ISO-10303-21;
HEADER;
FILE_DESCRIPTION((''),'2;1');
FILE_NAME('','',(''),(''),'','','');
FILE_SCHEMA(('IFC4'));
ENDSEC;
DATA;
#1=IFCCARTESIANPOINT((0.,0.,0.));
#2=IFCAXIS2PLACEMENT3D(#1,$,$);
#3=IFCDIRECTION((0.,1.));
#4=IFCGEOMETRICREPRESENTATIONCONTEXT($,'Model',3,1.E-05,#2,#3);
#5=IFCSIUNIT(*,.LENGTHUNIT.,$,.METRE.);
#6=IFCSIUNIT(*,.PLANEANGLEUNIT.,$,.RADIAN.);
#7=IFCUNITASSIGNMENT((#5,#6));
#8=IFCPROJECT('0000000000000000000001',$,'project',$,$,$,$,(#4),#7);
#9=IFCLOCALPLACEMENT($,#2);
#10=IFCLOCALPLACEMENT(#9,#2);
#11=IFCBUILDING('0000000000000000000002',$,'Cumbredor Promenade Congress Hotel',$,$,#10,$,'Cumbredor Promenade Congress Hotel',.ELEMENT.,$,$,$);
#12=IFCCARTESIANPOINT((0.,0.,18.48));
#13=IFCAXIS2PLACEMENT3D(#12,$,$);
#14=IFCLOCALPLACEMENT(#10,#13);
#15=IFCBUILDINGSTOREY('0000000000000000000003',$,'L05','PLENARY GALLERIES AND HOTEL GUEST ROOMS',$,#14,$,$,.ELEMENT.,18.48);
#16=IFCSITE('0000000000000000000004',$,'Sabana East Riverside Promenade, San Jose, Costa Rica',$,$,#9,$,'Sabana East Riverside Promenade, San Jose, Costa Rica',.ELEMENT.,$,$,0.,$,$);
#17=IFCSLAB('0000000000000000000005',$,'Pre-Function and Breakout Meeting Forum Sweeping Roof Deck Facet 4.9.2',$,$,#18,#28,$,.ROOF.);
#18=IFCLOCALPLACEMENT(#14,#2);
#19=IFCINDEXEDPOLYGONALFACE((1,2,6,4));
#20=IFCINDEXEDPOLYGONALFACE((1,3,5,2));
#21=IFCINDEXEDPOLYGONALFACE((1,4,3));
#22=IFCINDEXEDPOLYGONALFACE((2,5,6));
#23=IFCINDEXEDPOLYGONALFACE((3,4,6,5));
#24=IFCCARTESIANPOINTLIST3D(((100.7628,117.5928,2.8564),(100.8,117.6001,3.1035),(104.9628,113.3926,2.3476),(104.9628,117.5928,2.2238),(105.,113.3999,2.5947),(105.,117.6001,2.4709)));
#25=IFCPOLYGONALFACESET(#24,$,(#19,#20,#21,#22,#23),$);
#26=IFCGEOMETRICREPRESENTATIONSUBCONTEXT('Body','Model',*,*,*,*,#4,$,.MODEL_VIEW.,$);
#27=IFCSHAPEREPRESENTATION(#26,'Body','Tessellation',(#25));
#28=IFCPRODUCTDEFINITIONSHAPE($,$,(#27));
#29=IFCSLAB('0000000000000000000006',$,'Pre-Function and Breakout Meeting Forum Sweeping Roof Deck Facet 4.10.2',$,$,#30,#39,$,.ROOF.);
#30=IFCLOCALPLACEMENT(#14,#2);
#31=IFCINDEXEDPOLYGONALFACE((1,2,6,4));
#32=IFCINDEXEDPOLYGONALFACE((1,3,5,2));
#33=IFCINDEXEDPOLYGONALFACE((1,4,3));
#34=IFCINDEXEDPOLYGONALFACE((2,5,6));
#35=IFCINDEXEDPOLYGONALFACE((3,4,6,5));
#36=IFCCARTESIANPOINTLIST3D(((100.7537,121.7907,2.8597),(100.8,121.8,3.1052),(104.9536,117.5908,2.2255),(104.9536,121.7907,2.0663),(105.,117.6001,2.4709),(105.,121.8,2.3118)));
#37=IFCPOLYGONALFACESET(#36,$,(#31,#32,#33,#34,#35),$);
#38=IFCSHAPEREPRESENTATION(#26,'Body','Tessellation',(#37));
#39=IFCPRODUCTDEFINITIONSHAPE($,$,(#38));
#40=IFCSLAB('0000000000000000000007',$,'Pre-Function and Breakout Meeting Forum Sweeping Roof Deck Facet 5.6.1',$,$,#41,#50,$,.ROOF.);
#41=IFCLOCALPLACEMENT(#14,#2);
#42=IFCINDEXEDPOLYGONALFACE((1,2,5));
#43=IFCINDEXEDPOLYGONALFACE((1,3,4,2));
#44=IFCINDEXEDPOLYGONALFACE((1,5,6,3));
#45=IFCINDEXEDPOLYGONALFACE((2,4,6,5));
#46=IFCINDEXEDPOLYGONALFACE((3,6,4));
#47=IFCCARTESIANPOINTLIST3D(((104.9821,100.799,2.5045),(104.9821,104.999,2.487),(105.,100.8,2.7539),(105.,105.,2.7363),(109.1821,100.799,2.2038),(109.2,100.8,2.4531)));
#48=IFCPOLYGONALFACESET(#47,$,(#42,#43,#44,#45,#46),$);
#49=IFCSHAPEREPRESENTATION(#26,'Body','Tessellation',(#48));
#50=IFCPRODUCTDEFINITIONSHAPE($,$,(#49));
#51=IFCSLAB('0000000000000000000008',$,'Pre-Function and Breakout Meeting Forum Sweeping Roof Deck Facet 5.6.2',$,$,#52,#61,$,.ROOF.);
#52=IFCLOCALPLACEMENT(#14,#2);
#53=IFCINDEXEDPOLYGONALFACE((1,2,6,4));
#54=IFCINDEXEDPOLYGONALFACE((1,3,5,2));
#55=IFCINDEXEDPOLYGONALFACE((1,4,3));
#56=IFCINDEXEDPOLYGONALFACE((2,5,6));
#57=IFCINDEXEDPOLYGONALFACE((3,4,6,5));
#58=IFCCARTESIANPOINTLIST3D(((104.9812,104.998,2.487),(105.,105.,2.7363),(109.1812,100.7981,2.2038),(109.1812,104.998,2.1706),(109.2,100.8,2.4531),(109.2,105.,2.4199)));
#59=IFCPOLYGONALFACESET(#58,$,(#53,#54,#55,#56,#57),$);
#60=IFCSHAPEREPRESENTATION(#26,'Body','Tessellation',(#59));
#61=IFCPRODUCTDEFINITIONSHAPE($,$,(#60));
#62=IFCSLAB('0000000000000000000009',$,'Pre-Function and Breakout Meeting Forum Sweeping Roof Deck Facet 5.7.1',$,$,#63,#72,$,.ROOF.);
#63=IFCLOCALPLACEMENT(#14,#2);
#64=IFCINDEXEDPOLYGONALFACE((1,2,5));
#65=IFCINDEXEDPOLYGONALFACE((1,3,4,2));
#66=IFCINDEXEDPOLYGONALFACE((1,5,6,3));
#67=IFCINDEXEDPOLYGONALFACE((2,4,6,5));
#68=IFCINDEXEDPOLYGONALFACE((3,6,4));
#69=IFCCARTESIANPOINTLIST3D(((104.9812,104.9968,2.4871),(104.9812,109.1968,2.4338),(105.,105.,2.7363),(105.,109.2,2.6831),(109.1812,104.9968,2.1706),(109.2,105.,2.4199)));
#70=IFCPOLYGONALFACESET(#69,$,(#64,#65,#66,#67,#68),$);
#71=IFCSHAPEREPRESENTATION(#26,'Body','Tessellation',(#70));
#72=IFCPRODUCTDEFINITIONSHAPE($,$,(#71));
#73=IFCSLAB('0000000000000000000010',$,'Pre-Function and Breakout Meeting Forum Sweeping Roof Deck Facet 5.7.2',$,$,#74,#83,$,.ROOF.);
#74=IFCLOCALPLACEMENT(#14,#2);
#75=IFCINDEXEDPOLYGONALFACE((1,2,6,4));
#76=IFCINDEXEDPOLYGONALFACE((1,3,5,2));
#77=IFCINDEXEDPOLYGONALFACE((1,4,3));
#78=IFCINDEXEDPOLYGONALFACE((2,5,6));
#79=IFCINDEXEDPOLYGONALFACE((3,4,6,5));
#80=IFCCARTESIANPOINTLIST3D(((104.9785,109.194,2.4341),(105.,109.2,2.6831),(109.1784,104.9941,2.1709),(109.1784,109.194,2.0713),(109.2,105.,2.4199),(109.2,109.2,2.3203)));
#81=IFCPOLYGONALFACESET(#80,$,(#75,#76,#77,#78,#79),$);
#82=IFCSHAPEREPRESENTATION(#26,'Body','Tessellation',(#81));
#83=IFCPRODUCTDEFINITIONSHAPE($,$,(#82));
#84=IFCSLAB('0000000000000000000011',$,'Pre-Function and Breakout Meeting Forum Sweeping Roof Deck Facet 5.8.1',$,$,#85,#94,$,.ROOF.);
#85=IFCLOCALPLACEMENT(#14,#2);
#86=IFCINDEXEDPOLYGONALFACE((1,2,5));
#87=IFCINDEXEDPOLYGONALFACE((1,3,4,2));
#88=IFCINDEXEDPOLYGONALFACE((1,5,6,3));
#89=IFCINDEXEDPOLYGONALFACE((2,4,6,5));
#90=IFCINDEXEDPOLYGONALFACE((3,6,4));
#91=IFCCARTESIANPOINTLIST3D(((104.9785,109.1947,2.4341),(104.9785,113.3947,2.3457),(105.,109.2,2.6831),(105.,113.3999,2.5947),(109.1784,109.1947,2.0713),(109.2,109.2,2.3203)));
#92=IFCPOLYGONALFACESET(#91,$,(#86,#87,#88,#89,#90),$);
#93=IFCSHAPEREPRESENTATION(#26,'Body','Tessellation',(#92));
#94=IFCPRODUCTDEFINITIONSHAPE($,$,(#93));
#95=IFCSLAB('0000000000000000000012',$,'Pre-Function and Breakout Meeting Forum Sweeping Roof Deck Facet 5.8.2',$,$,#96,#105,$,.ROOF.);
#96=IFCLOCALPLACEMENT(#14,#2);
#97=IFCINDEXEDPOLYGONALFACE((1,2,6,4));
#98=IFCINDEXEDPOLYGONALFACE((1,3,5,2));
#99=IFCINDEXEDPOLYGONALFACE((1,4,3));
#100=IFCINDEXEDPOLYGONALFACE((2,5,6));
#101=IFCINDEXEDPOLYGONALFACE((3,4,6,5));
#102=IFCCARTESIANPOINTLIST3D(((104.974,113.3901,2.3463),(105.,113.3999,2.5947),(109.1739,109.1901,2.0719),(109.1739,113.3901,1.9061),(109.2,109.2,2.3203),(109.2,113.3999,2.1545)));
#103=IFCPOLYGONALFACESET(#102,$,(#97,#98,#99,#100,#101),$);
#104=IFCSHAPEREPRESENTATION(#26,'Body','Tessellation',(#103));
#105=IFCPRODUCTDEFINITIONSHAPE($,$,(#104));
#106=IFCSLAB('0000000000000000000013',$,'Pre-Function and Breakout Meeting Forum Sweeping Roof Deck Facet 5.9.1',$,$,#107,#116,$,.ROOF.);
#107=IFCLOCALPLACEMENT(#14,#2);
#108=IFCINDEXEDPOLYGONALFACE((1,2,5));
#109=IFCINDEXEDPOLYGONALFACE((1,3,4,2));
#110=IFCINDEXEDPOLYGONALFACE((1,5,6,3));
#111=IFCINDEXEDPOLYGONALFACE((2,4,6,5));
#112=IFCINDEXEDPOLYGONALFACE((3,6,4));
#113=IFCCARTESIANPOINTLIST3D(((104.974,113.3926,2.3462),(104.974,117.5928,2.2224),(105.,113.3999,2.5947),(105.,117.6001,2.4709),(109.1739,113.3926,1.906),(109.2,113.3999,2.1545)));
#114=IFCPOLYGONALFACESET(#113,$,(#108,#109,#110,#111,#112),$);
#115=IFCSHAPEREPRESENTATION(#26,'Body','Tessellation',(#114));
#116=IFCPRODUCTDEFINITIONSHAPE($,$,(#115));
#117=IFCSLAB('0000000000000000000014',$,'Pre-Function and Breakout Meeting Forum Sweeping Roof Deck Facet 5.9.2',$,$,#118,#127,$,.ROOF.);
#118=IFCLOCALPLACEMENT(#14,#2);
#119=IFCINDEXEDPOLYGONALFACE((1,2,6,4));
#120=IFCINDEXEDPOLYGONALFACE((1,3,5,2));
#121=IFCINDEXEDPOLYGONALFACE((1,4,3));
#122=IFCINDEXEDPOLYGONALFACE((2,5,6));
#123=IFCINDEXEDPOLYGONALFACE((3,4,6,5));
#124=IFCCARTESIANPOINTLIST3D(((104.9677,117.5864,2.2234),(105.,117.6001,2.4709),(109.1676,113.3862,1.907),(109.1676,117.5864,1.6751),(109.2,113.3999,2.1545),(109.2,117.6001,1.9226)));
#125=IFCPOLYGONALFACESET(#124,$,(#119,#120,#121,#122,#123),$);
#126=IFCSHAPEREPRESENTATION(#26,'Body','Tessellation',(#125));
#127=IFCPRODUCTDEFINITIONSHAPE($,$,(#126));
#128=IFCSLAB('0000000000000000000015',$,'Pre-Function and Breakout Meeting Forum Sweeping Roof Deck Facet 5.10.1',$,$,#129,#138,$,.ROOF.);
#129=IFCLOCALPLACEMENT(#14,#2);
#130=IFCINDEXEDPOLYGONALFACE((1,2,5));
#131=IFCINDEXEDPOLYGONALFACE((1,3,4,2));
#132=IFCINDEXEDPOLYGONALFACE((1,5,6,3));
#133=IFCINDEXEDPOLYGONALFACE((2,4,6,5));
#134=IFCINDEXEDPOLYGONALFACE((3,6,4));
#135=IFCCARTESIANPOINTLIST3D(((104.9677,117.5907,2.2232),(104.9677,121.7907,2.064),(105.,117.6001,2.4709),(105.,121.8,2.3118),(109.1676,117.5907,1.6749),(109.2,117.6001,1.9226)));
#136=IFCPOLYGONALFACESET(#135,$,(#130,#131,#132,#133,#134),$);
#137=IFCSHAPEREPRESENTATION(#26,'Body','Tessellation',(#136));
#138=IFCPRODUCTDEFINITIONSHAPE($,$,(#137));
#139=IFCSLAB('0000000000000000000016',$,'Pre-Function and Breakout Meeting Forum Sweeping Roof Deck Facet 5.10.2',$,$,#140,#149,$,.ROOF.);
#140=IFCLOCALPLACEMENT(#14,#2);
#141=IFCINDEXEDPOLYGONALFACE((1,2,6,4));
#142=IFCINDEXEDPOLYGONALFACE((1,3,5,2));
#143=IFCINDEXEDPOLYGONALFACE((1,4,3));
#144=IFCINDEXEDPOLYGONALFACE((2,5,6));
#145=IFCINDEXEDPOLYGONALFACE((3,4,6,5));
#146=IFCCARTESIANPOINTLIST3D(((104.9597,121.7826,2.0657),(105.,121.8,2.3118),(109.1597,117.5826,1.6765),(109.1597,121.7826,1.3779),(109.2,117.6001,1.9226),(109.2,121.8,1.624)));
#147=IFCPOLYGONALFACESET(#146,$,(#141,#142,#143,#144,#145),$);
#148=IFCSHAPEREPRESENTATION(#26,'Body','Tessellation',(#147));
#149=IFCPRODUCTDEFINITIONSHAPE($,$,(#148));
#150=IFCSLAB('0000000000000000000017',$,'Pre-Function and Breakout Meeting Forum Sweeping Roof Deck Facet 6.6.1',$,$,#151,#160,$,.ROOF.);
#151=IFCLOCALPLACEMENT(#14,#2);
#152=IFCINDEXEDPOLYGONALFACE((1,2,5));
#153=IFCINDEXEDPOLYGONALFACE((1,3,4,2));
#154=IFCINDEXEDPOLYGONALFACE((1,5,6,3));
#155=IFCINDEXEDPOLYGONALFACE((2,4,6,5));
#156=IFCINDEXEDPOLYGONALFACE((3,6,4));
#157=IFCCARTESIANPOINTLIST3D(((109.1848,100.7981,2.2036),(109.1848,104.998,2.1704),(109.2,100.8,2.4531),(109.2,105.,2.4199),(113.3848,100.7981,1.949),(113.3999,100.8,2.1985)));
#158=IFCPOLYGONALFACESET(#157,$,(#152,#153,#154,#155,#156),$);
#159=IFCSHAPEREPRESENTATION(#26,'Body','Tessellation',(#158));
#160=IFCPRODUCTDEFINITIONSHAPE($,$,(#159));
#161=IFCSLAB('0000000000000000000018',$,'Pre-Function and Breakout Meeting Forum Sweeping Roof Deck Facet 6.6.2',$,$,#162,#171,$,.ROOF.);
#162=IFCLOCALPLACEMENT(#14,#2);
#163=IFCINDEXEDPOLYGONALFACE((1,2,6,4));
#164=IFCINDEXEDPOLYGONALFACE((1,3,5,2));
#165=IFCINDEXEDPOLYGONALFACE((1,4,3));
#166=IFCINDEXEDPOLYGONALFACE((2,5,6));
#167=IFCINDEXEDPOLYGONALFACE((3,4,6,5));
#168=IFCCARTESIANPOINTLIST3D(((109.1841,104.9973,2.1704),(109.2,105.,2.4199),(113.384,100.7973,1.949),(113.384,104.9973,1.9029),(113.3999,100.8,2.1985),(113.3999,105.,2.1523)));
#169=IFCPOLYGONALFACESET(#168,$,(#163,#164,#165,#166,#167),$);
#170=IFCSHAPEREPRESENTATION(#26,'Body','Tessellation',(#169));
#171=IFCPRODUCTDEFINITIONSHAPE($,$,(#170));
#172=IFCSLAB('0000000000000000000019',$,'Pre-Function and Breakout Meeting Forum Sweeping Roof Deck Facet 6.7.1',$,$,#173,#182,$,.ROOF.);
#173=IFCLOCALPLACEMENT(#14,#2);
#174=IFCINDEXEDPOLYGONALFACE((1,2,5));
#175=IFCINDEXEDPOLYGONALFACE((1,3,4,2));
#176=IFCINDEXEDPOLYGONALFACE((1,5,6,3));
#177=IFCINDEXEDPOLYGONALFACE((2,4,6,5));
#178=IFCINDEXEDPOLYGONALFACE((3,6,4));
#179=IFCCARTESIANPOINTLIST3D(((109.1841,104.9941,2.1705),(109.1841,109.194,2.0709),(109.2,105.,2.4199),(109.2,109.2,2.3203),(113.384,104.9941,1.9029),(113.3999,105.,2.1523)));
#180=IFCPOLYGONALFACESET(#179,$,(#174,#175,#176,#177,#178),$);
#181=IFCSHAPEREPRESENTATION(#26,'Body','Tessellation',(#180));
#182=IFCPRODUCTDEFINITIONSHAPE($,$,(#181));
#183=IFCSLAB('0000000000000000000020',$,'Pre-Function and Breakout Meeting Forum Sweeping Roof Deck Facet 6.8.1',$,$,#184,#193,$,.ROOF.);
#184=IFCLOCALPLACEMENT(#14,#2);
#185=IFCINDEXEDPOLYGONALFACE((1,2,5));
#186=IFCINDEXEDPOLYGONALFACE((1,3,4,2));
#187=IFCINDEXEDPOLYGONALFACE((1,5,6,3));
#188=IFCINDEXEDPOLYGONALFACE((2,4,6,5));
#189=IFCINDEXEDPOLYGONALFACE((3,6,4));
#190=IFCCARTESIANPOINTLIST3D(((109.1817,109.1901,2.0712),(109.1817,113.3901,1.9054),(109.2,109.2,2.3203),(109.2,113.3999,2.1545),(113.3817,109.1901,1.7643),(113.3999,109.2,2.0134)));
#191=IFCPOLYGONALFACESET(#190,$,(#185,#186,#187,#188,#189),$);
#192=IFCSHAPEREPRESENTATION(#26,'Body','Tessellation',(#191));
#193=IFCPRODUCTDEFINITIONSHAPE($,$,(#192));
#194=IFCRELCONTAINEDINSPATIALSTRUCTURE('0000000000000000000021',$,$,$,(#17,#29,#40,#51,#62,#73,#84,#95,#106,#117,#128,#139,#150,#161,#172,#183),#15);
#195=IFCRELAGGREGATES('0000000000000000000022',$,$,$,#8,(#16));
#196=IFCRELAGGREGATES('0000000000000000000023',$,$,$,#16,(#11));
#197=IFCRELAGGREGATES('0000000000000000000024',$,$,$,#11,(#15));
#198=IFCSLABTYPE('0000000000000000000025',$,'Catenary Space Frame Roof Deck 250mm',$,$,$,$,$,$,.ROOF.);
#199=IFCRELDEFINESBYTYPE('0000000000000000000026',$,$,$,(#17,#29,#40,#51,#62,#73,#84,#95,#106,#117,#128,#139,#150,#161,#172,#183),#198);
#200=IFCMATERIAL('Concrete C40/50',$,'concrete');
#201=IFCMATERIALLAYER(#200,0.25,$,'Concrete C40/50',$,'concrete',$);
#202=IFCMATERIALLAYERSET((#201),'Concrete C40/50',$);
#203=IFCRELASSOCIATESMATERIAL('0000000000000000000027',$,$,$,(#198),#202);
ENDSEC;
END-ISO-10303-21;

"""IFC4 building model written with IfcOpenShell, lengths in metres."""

from ifc_helpers import new_model, si_unit, direction, frame, origin, place, context, subcontext, project, spatial, polyline, outline, extrude, material, layer, layer_set, type_object, element, save


model = new_model("IFC4")

# Units and contexts
model_context = context("Model", 3, precision=1e-05, world=origin(), true_north=direction((0.0, 1.0)))
body_context = subcontext(model_context, "Body", "Model", "MODEL_VIEW")
ifc_project = project(units=[si_unit("LENGTHUNIT", "METRE"), si_unit("PLANEANGLEUNIT", "RADIAN")], contexts=[model_context])

# Site, building, storey
site_placement = place(None, origin())
site = spatial("IfcSite", under=ifc_project, at=site_placement, Name="Sabana East Riverside Promenade, San Jose, Costa Rica", LongName="Sabana East Riverside Promenade, San Jose, Costa Rica", CompositionType="ELEMENT", RefElevation=0.0)
building_placement = place(site_placement, origin())
building = spatial("IfcBuilding", under=site, at=building_placement, Name="Cumbredor Promenade Congress Hotel", LongName="Cumbredor Promenade Congress Hotel", CompositionType="ELEMENT")
storey_placement = place(building_placement, frame((0.0, 0.0, 18.48)))
storey = spatial("IfcBuildingStorey", under=building, at=storey_placement, Name="L05", Description="PLENARY GALLERIES AND HOTEL GUEST ROOMS", CompositionType="ELEMENT", Elevation=18.48)

# Slabs
ifc_material_1 = material(Name="Concrete C40/50", Category="concrete")
ifc_layer_1 = layer(ifc_material_1, 0.25, Name="Concrete C40/50", Category="concrete")
ifc_layer_set_1 = layer_set([ifc_layer_1], Name="Concrete C40/50")
slab_type = type_object("IfcSlabType", Name="Catenary Space Frame Roof Deck 250mm", PredefinedType="ROOF", material=ifc_layer_set_1)
slab_1_placement = place(storey_placement, frame((105.0, 113.3999, 2.5947), z_axis=(0.14887, 0.029129, 0.988428), x_axis=(0.0, 0.999566, -0.029457)))
element("IfcSlab", 1, at=slab_1_placement, inside=storey, type_object=slab_type, Name="Pre-Function and Breakout Meeting Forum Sweeping Roof Deck Facet 4.9.2", PredefinedType="ROOF", context=body_context, shape_type="SweptSolid", body=[
    extrude(outline(polyline([(0.0, 0.0), (4.202, 0.0), (4.1834, 4.2473), (0.0, 0.0)])), origin(), (0.0, 0.0, -1.0), 0.25),
])
slab_2_placement = place(storey_placement, frame((105.0, 117.6001, 2.4709), z_axis=(0.185508, 0.037216, 0.981938), x_axis=(0.0, 0.999283, -0.037873)))
element("IfcSlab", 2, at=slab_2_placement, inside=storey, type_object=slab_type, Name="Pre-Function and Breakout Meeting Forum Sweeping Roof Deck Facet 4.10.2", PredefinedType="ROOF", context=body_context, shape_type="SweptSolid", body=[
    extrude(outline(polyline([(0.0, 0.0), (4.203, 0.0), (4.1729, 4.2741), (0.0, 0.0)])), origin(), (0.0, 0.0, -1.0), 0.25),
])
slab_3_placement = place(storey_placement, frame((105.0, 100.8, 2.7539), z_axis=(0.071432, 0.004175, 0.997437), x_axis=(0.997445, 0.0, -0.071432)))
element("IfcSlab", 3, at=slab_3_placement, inside=storey, type_object=slab_type, Name="Pre-Function and Breakout Meeting Forum Sweeping Roof Deck Facet 5.6.1", PredefinedType="ROOF", context=body_context, shape_type="SweptSolid", body=[
    extrude(outline(polyline([(0.0, 0.0), (4.2107, 0.0), (0.0013, 4.2), (0.0, 0.0)])), origin(), (0.0, 0.0, -1.0), 0.25),
])
slab_4_placement = place(storey_placement, frame((109.2, 100.8, 2.4531), z_axis=(0.07512, 0.007883, 0.997143), x_axis=(0.0, 0.999969, -0.007905)))
element("IfcSlab", 4, at=slab_4_placement, inside=storey, type_object=slab_type, Name="Pre-Function and Breakout Meeting Forum Sweeping Roof Deck Facet 5.6.2", PredefinedType="ROOF", context=body_context, shape_type="SweptSolid", body=[
    extrude(outline(polyline([(0.0, 0.0), (4.2001, 0.0), (4.1976, 4.2119), (0.0, 0.0)])), origin(), (0.0, 0.0, -1.0), 0.25),
])
slab_5_placement = place(storey_placement, frame((105.0, 105.0, 2.7363), z_axis=(0.075117, 0.012635, 0.997095), x_axis=(0.997174, 0.0, -0.075123)))
element("IfcSlab", 5, at=slab_5_placement, inside=storey, type_object=slab_type, Name="Pre-Function and Breakout Meeting Forum Sweeping Roof Deck Facet 5.7.1", PredefinedType="ROOF", context=body_context, shape_type="SweptSolid", body=[
    extrude(outline(polyline([(0.0, 0.0), (4.2119, 0.0), (0.004, 4.2003), (0.0, 0.0)])), origin(), (0.0, 0.0, -1.0), 0.25),
])
slab_6_placement = place(storey_placement, frame((109.2, 105.0, 2.4199), z_axis=(0.086036, 0.023622, 0.996012), x_axis=(0.0, 0.999719, -0.02371)))
element("IfcSlab", 6, at=slab_6_placement, inside=storey, type_object=slab_type, Name="Pre-Function and Breakout Meeting Forum Sweeping Roof Deck Facet 5.7.2", PredefinedType="ROOF", context=body_context, shape_type="SweptSolid", body=[
    extrude(outline(polyline([(0.0, 0.0), (4.2011, 0.0), (4.1925, 4.2156), (0.0, 0.0)])), origin(), (0.0, 0.0, -1.0), 0.25),
])
slab_7_placement = place(storey_placement, frame((105.0, 109.2, 2.6831), z_axis=(0.086041, 0.02096, 0.996071), x_axis=(0.99629, 0.0, -0.08606)))
element("IfcSlab", 7, at=slab_7_placement, inside=storey, type_object=slab_type, Name="Pre-Function and Breakout Meeting Forum Sweeping Roof Deck Facet 5.8.1", PredefinedType="ROOF", context=body_context, shape_type="SweptSolid", body=[
    extrude(outline(polyline([(0.0, 0.0), (4.2156, 0.0), (0.0076, 4.2009), (0.0, 0.0)])), origin(), (0.0, 0.0, -1.0), 0.25),
])
slab_8_placement = place(storey_placement, frame((109.2, 109.2, 2.3203), z_axis=(0.104156, 0.039225, 0.993787), x_axis=(0.0, 0.999222, -0.039439)))
element("IfcSlab", 8, at=slab_8_placement, inside=storey, type_object=slab_type, Name="Pre-Function and Breakout Meeting Forum Sweeping Roof Deck Facet 5.8.2", PredefinedType="ROOF", context=body_context, shape_type="SweptSolid", body=[
    extrude(outline(polyline([(0.0, 0.0), (4.2032, 0.0), (4.1859, 4.2229), (0.0, 0.0)])), origin(), (0.0, 0.0, -1.0), 0.25),
])
slab_9_placement = place(storey_placement, frame((105.0, 113.3999, 2.5947), z_axis=(0.104192, 0.029297, 0.994126), x_axis=(0.994553, 0.0, -0.104236)))
element("IfcSlab", 9, at=slab_9_placement, inside=storey, type_object=slab_type, Name="Pre-Function and Breakout Meeting Forum Sweeping Roof Deck Facet 5.9.1", PredefinedType="ROOF", context=body_context, shape_type="SweptSolid", body=[
    extrude(outline(polyline([(0.0, 0.0), (4.223, 0.0), (0.0129, 4.202), (0.0, 0.0)])), origin(), (0.0, 0.0, -1.0), 0.25),
])
slab_10_placement = place(storey_placement, frame((109.2, 113.3999, 2.1545), z_axis=(0.129266, 0.054673, 0.990102), x_axis=(0.0, 0.998479, -0.055136)))
element("IfcSlab", 10, at=slab_10_placement, inside=storey, type_object=slab_type, Name="Pre-Function and Breakout Meeting Forum Sweeping Roof Deck Facet 5.9.2", PredefinedType="ROOF", context=body_context, shape_type="SweptSolid", body=[
    extrude(outline(polyline([(0.0, 0.0), (4.2066, 0.0), (4.1764, 4.2355), (0.0, 0.0)])), origin(), (0.0, 0.0, -1.0), 0.25),
])
slab_11_placement = place(storey_placement, frame((105.0, 117.6001, 2.4709), z_axis=(0.129369, 0.037555, 0.990885), x_axis=(0.991585, 0.0, -0.12946)))
element("IfcSlab", 11, at=slab_11_placement, inside=storey, type_object=slab_type, Name="Pre-Function and Breakout Meeting Forum Sweeping Roof Deck Facet 5.10.1", PredefinedType="ROOF", context=body_context, shape_type="SweptSolid", body=[
    extrude(outline(polyline([(0.0, 0.0), (4.2356, 0.0), (0.0206, 4.2029), (0.0, 0.0)])), origin(), (0.0, 0.0, -1.0), 0.25),
])
slab_12_placement = place(storey_placement, frame((109.2, 117.6001, 1.9226), z_axis=(0.161202, 0.069986, 0.984437), x_axis=(0.0, 0.997482, -0.070913)))
element("IfcSlab", 12, at=slab_12_placement, inside=storey, type_object=slab_type, Name="Pre-Function and Breakout Meeting Forum Sweeping Roof Deck Facet 5.10.2", PredefinedType="ROOF", context=body_context, shape_type="SweptSolid", body=[
    extrude(outline(polyline([(0.0, 0.0), (4.2106, 0.0), (4.1618, 4.2556), (0.0, 0.0)])), origin(), (0.0, 0.0, -1.0), 0.25),
])
slab_13_placement = place(storey_placement, frame((109.2, 100.8, 2.4531), z_axis=(0.060516, 0.007891, 0.998136), x_axis=(0.998167, 0.0, -0.060518)))
element("IfcSlab", 13, at=slab_13_placement, inside=storey, type_object=slab_type, Name="Pre-Function and Breakout Meeting Forum Sweeping Roof Deck Facet 6.6.1", PredefinedType="ROOF", context=body_context, shape_type="SweptSolid", body=[
    extrude(outline(polyline([(0.0, 0.0), (4.2077, 0.0), (0.002, 4.2001), (0.0, 0.0)])), origin(), (0.0, 0.0, -1.0), 0.25),
])
slab_14_placement = place(storey_placement, frame((113.3999, 100.8, 2.1985), z_axis=(0.063577, 0.010964, 0.997917), x_axis=(0.0, 0.99994, -0.010986)))
element("IfcSlab", 14, at=slab_14_placement, inside=storey, type_object=slab_type, Name="Pre-Function and Breakout Meeting Forum Sweeping Roof Deck Facet 6.6.2", PredefinedType="ROOF", context=body_context, shape_type="SweptSolid", body=[
    extrude(outline(polyline([(0.0, 0.0), (4.2002, 0.0), (4.1973, 4.2085), (0.0, 0.0)])), origin(), (0.0, 0.0, -1.0), 0.25),
])
slab_15_placement = place(storey_placement, frame((109.2, 105.0, 2.4199), z_axis=(0.063563, 0.023662, 0.997697), x_axis=(0.997977, 0.0, -0.063581)))
element("IfcSlab", 15, at=slab_15_placement, inside=storey, type_object=slab_type, Name="Pre-Function and Breakout Meeting Forum Sweeping Roof Deck Facet 6.7.1", PredefinedType="ROOF", context=body_context, shape_type="SweptSolid", body=[
    extrude(outline(polyline([(0.0, 0.0), (4.2085, 0.0), (0.0063, 4.2011), (0.0, 0.0)])), origin(), (0.0, 0.0, -1.0), 0.25),
])
slab_16_placement = place(storey_placement, frame((109.2, 109.2, 2.3203), z_axis=(0.072818, 0.039334, 0.996569), x_axis=(0.997341, 0.0, -0.072874)))
element("IfcSlab", 16, at=slab_16_placement, inside=storey, type_object=slab_type, Name="Pre-Function and Breakout Meeting Forum Sweeping Roof Deck Facet 6.8.1", PredefinedType="ROOF", context=body_context, shape_type="SweptSolid", body=[
    extrude(outline(polyline([(0.0, 0.0), (4.2111, 0.0), (0.0121, 4.2032), (0.0, 0.0)])), origin(), (0.0, 0.0, -1.0), 0.25),
])

save(model, "model.ifc")
